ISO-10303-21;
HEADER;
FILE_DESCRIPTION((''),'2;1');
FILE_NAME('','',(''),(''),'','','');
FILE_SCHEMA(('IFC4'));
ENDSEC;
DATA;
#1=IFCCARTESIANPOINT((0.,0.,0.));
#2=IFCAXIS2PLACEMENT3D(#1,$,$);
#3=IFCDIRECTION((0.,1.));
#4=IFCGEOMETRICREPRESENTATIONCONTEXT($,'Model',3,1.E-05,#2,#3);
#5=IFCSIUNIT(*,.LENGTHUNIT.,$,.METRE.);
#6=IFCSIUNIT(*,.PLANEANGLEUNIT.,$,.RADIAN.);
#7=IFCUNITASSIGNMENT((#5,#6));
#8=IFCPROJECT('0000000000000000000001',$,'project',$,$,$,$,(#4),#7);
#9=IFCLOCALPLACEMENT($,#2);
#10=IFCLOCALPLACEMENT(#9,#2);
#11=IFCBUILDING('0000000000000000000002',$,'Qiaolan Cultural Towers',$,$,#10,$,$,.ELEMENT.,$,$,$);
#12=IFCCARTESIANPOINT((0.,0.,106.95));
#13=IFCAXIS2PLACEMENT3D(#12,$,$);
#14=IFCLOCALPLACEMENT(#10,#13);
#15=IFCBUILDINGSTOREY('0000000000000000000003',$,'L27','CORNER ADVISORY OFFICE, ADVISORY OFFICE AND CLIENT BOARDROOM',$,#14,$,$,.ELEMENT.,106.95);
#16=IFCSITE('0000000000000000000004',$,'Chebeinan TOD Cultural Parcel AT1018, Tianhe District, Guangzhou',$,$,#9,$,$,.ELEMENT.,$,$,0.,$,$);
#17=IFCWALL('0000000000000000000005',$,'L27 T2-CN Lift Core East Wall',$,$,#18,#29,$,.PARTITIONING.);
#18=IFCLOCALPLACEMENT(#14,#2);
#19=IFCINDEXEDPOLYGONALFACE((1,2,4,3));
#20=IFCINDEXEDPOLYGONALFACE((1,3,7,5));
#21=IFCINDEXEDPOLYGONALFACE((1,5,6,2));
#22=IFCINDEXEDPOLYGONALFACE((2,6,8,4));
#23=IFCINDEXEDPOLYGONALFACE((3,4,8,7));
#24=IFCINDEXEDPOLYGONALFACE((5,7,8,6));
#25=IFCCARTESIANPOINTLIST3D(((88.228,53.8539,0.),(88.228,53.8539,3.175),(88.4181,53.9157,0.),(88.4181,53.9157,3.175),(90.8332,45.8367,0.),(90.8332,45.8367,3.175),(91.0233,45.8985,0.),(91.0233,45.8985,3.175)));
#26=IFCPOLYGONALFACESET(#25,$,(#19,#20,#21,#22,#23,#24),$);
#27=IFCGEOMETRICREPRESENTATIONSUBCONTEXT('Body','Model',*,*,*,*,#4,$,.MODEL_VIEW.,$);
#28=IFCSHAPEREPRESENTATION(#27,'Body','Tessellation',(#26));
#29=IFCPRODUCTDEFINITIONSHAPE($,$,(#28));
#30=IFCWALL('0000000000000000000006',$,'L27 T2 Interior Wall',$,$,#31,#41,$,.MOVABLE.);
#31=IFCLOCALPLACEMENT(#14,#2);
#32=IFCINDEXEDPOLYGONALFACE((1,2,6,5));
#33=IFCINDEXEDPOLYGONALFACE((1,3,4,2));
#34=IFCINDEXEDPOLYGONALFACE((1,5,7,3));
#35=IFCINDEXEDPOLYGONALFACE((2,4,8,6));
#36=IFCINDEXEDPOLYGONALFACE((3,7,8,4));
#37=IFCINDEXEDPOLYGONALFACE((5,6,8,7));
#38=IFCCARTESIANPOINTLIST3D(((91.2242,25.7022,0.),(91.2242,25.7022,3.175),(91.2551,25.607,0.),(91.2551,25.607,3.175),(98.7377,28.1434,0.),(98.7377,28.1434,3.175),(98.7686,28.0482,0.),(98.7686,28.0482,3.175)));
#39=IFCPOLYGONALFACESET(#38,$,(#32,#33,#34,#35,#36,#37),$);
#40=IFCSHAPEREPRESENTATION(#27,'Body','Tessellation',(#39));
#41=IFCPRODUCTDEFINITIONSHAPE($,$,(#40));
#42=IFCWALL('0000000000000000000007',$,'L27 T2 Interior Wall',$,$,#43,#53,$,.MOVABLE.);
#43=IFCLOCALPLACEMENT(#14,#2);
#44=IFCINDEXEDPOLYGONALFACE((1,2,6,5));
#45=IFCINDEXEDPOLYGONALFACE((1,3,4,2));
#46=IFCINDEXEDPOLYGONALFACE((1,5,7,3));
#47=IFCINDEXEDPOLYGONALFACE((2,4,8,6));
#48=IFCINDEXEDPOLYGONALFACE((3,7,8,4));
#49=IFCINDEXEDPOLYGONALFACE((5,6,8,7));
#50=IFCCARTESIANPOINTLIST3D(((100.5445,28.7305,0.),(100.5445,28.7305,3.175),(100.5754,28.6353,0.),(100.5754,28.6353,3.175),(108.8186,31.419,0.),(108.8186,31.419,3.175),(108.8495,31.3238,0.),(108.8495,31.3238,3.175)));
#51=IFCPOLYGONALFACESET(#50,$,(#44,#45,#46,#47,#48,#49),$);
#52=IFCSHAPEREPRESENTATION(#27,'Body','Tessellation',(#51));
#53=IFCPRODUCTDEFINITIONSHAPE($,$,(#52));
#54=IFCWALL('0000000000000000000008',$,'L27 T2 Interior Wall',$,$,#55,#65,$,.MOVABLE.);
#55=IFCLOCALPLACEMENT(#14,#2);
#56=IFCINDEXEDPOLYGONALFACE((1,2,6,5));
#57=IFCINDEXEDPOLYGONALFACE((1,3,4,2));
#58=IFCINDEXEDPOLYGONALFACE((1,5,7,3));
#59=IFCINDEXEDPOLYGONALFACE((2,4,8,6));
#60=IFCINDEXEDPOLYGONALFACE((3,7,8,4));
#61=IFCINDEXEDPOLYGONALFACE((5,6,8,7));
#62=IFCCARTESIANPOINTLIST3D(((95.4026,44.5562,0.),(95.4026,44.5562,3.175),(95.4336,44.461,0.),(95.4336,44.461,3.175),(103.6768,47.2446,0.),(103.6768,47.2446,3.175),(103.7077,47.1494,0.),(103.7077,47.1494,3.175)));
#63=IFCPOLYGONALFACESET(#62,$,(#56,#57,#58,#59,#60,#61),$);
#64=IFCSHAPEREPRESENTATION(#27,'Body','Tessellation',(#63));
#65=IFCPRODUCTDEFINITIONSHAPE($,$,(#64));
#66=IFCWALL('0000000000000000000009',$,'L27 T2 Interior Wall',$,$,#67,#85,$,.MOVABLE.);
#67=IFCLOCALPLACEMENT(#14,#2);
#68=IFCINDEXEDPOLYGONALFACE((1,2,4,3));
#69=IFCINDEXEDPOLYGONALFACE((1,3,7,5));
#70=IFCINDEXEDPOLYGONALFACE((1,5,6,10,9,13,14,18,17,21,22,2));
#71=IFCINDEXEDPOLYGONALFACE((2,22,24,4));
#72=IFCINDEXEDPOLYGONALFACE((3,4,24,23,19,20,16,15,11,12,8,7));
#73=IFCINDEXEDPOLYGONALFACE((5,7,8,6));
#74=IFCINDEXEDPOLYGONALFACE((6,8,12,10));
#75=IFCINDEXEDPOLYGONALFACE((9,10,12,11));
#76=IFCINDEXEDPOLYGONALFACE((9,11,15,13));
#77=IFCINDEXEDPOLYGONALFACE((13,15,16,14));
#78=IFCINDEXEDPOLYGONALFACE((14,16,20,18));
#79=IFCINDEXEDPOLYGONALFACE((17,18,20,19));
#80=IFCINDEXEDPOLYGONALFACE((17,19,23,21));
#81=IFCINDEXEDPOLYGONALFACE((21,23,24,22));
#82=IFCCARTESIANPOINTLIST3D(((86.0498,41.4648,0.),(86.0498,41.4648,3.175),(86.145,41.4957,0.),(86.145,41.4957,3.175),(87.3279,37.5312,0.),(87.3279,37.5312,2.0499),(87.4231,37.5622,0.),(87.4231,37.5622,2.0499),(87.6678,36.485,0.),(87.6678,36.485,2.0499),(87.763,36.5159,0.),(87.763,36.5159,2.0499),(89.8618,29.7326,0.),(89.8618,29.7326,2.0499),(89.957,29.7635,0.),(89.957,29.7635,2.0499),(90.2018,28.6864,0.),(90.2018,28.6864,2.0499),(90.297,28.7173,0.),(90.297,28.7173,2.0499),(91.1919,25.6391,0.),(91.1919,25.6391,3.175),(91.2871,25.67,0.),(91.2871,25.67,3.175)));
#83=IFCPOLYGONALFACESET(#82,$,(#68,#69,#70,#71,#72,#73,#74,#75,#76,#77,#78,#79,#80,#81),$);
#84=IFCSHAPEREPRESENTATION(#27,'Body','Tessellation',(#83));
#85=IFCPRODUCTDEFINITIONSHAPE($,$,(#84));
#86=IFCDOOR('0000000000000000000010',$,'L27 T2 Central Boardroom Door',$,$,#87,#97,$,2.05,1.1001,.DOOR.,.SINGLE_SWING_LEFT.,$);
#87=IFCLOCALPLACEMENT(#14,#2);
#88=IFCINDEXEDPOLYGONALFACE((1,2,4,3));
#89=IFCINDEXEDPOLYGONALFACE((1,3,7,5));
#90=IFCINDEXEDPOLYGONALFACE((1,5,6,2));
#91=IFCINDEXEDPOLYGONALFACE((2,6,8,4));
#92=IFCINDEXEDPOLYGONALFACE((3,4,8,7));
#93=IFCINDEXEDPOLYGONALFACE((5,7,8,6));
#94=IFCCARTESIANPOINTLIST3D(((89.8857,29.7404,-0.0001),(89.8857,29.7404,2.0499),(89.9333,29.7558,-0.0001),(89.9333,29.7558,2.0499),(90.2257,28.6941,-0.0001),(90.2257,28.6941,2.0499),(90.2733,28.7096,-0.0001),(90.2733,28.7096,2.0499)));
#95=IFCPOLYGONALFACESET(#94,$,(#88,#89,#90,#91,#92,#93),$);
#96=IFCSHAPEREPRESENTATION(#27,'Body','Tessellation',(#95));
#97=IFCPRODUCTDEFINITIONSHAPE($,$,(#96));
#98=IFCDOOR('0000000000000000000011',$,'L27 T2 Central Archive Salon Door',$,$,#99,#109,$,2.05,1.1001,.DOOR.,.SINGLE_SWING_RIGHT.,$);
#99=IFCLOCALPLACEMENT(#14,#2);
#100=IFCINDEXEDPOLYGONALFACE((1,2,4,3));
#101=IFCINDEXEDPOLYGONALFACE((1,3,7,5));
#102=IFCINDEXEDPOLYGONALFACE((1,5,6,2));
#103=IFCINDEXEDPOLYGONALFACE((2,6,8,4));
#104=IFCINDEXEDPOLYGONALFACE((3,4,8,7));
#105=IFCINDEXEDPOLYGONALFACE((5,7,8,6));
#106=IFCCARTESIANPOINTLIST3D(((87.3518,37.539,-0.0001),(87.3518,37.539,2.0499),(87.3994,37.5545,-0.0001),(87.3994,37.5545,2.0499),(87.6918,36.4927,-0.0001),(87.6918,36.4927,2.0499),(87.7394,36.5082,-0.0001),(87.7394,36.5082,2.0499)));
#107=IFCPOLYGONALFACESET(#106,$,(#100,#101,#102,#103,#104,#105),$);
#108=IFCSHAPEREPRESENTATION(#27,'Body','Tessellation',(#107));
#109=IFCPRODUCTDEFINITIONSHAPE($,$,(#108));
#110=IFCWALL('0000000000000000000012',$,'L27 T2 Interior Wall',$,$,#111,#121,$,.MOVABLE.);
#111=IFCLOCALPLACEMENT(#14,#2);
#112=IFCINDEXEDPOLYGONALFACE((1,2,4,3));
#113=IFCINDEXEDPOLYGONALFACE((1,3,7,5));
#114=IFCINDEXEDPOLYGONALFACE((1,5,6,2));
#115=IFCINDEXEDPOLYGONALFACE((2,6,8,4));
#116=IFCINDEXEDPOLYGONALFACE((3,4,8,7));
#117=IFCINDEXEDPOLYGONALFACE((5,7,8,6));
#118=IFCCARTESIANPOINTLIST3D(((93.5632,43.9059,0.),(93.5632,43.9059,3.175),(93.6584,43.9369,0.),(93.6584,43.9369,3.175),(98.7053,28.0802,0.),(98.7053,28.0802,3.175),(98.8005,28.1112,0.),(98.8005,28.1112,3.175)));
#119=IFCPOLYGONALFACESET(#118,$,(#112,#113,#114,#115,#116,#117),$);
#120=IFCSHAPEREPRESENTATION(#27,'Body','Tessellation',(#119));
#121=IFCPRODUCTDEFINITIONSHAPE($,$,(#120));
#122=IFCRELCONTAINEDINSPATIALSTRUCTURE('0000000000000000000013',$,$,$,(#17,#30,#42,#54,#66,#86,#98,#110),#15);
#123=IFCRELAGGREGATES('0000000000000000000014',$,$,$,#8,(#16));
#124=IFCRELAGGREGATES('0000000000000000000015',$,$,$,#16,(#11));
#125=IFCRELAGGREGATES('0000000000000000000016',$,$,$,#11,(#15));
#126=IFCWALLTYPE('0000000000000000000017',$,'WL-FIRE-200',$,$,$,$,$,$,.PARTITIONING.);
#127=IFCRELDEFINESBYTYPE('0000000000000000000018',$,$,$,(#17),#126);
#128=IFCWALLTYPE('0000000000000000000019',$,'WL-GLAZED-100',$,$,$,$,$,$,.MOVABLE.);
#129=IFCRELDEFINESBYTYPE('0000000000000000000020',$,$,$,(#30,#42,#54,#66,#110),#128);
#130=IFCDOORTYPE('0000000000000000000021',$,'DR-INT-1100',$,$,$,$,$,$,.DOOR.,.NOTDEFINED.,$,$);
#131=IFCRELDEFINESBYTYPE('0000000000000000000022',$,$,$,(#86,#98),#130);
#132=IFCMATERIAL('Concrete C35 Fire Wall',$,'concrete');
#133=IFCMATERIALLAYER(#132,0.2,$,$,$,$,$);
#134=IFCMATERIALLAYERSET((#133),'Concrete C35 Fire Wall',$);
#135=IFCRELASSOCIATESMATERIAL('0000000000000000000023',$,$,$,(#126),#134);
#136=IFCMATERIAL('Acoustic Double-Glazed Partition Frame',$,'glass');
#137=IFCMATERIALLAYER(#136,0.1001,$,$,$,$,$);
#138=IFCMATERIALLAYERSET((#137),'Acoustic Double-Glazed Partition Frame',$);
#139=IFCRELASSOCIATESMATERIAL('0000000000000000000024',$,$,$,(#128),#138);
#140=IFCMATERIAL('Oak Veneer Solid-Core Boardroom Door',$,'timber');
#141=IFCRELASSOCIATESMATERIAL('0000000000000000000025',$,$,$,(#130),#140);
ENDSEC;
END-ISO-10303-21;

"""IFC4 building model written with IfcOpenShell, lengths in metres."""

from ifc_helpers import new_model, si_unit, direction, frame, frame_2d, origin, place, context, subcontext, project, spatial, rectangle, extrude, material, layer, layer_set, type_object, element, fill, save


model = new_model("IFC4")

# Units and contexts
model_context = context("Model", 3, precision=1e-05, world=origin(), true_north=direction((0.0, 1.0)))
body_context = subcontext(model_context, "Body", "Model", "MODEL_VIEW")
ifc_project = project(units=[si_unit("LENGTHUNIT", "METRE"), si_unit("PLANEANGLEUNIT", "RADIAN")], contexts=[model_context])

# Site, building, storey
site_placement = place(None, origin())
site = spatial("IfcSite", under=ifc_project, at=site_placement, Name="Chebeinan TOD Cultural Parcel AT1018, Tianhe District, Guangzhou", CompositionType="ELEMENT", RefElevation=0.0)
building_placement = place(site_placement, origin())
building = spatial("IfcBuilding", under=site, at=building_placement, Name="Qiaolan Cultural Towers", CompositionType="ELEMENT")
storey_placement = place(building_placement, frame((0.0, 0.0, 106.95)))
storey = spatial("IfcBuildingStorey", under=building, at=storey_placement, Name="L27", Description="CORNER ADVISORY OFFICE, ADVISORY OFFICE AND CLIENT BOARDROOM", CompositionType="ELEMENT", Elevation=106.95)

# Walls
ifc_material_1 = material(Name="Concrete C35 Fire Wall", Category="concrete")
ifc_layer_1 = layer(ifc_material_1, 0.2)
ifc_layer_set_1 = layer_set([ifc_layer_1], Name="Concrete C35 Fire Wall")
wall_type_1 = type_object("IfcWallType", Name="WL-FIRE-200", PredefinedType="PARTITIONING", material=ifc_layer_set_1)
wall_1_placement = place(storey_placement, frame((90.9282, 45.8677, 0.0), z_axis=(0.0, 0.0, 1.0), x_axis=(-0.309042, 0.951048, 0.0)))
element("IfcWall", 1, at=wall_1_placement, inside=storey, type_object=wall_type_1, Name="L27 T2-CN Lift Core East Wall", PredefinedType="PARTITIONING", context=body_context, shape_type="SweptSolid", body=[
    extrude(rectangle(XDim=8.4299, YDim=0.2, at=frame_2d((4.2148, 0.0))), origin(), (0.0, 0.0, 1.0), 3.175),
])
ifc_material_2 = material(Name="Acoustic Double-Glazed Partition Frame", Category="glass")
ifc_layer_2 = layer(ifc_material_2, 0.1001)
ifc_layer_set_2 = layer_set([ifc_layer_2], Name="Acoustic Double-Glazed Partition Frame")
wall_type_2 = type_object("IfcWallType", Name="WL-GLAZED-100", PredefinedType="MOVABLE", material=ifc_layer_set_2)
wall_2_placement = place(storey_placement, frame((91.2395, 25.6545, 0.0), z_axis=(0.0, 0.0, 1.0), x_axis=(0.95106, 0.309006, 0.0)))
element("IfcWall", 2, at=wall_2_placement, inside=storey, type_object=wall_type_2, Name="L27 T2 Interior Wall", PredefinedType="MOVABLE", context=body_context, shape_type="SweptSolid", body=[
    extrude(rectangle(XDim=7.9001, YDim=0.1001, at=frame_2d((3.9502, 0.0))), origin(), (0.0, 0.0, 1.0), 3.175),
])
for number, where, z_axis, x_axis, name in (
    (3, (100.5598, 28.6829, 0.0), (0.0, 0.0, 1.0), (0.951055, 0.309021, 0.0), "L27 T2 Interior Wall"),
    (4, (95.418, 44.5085, 0.0), (0.0, 0.0, 1.0), (0.951055, 0.309021, 0.0), "L27 T2 Interior Wall"),
):
    element("IfcWall", number, at=place(storey_placement, frame(where, z_axis=z_axis, x_axis=x_axis)), inside=storey, type_object=wall_type_2, Name=name, PredefinedType="MOVABLE", context=body_context, shape_type="SweptSolid", body=[
        extrude(rectangle(XDim=8.7, YDim=0.1001, at=frame_2d((4.3501, 0.0))), origin(), (0.0, 0.0, 1.0), 3.175),
    ])

# Wall, openings, doors
wall_3_placement = place(storey_placement, frame((91.2395, 25.6545, 0.0), z_axis=(0.0, 0.0, 1.0), x_axis=(-0.309018, 0.951056, 0.0)))
wall_3 = element("IfcWall", 5, at=wall_3_placement, inside=storey, type_object=wall_type_2, Name="L27 T2 Interior Wall", PredefinedType="MOVABLE", context=body_context, shape_type="SweptSolid", body=[
    extrude(rectangle(XDim=16.6401, YDim=0.1001, at=frame_2d((8.3201, 0.0))), origin(), (0.0, 0.0, 1.0), 3.175),
])
opening_1_placement = place(wall_3_placement, frame((3.2041, 0.0, 0.0)))
opening_1 = element("IfcOpeningElement", 6, at=opening_1_placement, cuts=wall_3, PredefinedType="OPENING", context=body_context, shape_type="SweptSolid", body=[
    extrude(rectangle(XDim=1.1001, YDim=2.05, at=frame_2d((0.55, 1.0249))), frame((0.0, 0.0601, 0.0), z_axis=(0.0, -1.0, 0.0), x_axis=(1.0, 0.0, 0.0)), (0.0, 0.0, 1.0), 0.1201),
])
opening_2_placement = place(wall_3_placement, frame((11.4041, 0.0, 0.0)))
opening_2 = element("IfcOpeningElement", 7, at=opening_2_placement, cuts=wall_3, PredefinedType="OPENING", context=body_context, shape_type="SweptSolid", body=[
    extrude(rectangle(XDim=1.1001, YDim=2.05, at=frame_2d((0.55, 1.0249))), frame((0.0, 0.0601, 0.0), z_axis=(0.0, -1.0, 0.0), x_axis=(1.0, 0.0, 0.0)), (0.0, 0.0, 1.0), 0.1201),
])
ifc_material_3 = material(Name="Oak Veneer Solid-Core Boardroom Door", Category="timber")
door_type_1 = type_object("IfcDoorType", Name="DR-INT-1100", OperationType="NOTDEFINED", PredefinedType="DOOR", material=ifc_material_3)
door_1_placement = place(opening_1_placement, origin())
door_1 = element("IfcDoor", 8, at=door_1_placement, inside=storey, type_object=door_type_1, Name="L27 T2 Central Boardroom Door", OperationType="SINGLE_SWING_LEFT", OverallHeight=2.05, OverallWidth=1.1001, PredefinedType="DOOR", context=body_context, shape_type="SweptSolid", body=[
    extrude(rectangle(XDim=1.1001, YDim=2.05, at=frame_2d((0.55, 1.0249))), frame((0.0, 0.0249, 0.0), z_axis=(0.0, -1.0, 0.0), x_axis=(1.0, 0.0, 0.0)), (0.0, 0.0, 1.0), 0.05),
])
fill(opening_1, door_1)
door_2_placement = place(opening_2_placement, origin())
door_2 = element("IfcDoor", 9, at=door_2_placement, inside=storey, type_object=door_type_1, Name="L27 T2 Central Archive Salon Door", OperationType="SINGLE_SWING_RIGHT", OverallHeight=2.05, OverallWidth=1.1001, PredefinedType="DOOR", context=body_context, shape_type="SweptSolid", body=[
    extrude(rectangle(XDim=1.1001, YDim=2.05, at=frame_2d((0.55, 1.0249))), frame((0.0, 0.0249, 0.0), z_axis=(0.0, -1.0, 0.0), x_axis=(1.0, 0.0, 0.0)), (0.0, 0.0, 1.0), 0.05),
])
fill(opening_2, door_2)

# Wall
wall_4_placement = place(storey_placement, frame((98.7529, 28.0957, 0.0), z_axis=(0.0, 0.0, 1.0), x_axis=(-0.309018, 0.951056, 0.0)))
element("IfcWall", 10, at=wall_4_placement, inside=storey, type_object=wall_type_2, Name="L27 T2 Interior Wall", PredefinedType="MOVABLE", context=body_context, shape_type="SweptSolid", body=[
    extrude(rectangle(XDim=16.6401, YDim=0.1001, at=frame_2d((8.3201, 0.0))), origin(), (0.0, 0.0, 1.0), 3.175),
])

save(model, "model.ifc")
